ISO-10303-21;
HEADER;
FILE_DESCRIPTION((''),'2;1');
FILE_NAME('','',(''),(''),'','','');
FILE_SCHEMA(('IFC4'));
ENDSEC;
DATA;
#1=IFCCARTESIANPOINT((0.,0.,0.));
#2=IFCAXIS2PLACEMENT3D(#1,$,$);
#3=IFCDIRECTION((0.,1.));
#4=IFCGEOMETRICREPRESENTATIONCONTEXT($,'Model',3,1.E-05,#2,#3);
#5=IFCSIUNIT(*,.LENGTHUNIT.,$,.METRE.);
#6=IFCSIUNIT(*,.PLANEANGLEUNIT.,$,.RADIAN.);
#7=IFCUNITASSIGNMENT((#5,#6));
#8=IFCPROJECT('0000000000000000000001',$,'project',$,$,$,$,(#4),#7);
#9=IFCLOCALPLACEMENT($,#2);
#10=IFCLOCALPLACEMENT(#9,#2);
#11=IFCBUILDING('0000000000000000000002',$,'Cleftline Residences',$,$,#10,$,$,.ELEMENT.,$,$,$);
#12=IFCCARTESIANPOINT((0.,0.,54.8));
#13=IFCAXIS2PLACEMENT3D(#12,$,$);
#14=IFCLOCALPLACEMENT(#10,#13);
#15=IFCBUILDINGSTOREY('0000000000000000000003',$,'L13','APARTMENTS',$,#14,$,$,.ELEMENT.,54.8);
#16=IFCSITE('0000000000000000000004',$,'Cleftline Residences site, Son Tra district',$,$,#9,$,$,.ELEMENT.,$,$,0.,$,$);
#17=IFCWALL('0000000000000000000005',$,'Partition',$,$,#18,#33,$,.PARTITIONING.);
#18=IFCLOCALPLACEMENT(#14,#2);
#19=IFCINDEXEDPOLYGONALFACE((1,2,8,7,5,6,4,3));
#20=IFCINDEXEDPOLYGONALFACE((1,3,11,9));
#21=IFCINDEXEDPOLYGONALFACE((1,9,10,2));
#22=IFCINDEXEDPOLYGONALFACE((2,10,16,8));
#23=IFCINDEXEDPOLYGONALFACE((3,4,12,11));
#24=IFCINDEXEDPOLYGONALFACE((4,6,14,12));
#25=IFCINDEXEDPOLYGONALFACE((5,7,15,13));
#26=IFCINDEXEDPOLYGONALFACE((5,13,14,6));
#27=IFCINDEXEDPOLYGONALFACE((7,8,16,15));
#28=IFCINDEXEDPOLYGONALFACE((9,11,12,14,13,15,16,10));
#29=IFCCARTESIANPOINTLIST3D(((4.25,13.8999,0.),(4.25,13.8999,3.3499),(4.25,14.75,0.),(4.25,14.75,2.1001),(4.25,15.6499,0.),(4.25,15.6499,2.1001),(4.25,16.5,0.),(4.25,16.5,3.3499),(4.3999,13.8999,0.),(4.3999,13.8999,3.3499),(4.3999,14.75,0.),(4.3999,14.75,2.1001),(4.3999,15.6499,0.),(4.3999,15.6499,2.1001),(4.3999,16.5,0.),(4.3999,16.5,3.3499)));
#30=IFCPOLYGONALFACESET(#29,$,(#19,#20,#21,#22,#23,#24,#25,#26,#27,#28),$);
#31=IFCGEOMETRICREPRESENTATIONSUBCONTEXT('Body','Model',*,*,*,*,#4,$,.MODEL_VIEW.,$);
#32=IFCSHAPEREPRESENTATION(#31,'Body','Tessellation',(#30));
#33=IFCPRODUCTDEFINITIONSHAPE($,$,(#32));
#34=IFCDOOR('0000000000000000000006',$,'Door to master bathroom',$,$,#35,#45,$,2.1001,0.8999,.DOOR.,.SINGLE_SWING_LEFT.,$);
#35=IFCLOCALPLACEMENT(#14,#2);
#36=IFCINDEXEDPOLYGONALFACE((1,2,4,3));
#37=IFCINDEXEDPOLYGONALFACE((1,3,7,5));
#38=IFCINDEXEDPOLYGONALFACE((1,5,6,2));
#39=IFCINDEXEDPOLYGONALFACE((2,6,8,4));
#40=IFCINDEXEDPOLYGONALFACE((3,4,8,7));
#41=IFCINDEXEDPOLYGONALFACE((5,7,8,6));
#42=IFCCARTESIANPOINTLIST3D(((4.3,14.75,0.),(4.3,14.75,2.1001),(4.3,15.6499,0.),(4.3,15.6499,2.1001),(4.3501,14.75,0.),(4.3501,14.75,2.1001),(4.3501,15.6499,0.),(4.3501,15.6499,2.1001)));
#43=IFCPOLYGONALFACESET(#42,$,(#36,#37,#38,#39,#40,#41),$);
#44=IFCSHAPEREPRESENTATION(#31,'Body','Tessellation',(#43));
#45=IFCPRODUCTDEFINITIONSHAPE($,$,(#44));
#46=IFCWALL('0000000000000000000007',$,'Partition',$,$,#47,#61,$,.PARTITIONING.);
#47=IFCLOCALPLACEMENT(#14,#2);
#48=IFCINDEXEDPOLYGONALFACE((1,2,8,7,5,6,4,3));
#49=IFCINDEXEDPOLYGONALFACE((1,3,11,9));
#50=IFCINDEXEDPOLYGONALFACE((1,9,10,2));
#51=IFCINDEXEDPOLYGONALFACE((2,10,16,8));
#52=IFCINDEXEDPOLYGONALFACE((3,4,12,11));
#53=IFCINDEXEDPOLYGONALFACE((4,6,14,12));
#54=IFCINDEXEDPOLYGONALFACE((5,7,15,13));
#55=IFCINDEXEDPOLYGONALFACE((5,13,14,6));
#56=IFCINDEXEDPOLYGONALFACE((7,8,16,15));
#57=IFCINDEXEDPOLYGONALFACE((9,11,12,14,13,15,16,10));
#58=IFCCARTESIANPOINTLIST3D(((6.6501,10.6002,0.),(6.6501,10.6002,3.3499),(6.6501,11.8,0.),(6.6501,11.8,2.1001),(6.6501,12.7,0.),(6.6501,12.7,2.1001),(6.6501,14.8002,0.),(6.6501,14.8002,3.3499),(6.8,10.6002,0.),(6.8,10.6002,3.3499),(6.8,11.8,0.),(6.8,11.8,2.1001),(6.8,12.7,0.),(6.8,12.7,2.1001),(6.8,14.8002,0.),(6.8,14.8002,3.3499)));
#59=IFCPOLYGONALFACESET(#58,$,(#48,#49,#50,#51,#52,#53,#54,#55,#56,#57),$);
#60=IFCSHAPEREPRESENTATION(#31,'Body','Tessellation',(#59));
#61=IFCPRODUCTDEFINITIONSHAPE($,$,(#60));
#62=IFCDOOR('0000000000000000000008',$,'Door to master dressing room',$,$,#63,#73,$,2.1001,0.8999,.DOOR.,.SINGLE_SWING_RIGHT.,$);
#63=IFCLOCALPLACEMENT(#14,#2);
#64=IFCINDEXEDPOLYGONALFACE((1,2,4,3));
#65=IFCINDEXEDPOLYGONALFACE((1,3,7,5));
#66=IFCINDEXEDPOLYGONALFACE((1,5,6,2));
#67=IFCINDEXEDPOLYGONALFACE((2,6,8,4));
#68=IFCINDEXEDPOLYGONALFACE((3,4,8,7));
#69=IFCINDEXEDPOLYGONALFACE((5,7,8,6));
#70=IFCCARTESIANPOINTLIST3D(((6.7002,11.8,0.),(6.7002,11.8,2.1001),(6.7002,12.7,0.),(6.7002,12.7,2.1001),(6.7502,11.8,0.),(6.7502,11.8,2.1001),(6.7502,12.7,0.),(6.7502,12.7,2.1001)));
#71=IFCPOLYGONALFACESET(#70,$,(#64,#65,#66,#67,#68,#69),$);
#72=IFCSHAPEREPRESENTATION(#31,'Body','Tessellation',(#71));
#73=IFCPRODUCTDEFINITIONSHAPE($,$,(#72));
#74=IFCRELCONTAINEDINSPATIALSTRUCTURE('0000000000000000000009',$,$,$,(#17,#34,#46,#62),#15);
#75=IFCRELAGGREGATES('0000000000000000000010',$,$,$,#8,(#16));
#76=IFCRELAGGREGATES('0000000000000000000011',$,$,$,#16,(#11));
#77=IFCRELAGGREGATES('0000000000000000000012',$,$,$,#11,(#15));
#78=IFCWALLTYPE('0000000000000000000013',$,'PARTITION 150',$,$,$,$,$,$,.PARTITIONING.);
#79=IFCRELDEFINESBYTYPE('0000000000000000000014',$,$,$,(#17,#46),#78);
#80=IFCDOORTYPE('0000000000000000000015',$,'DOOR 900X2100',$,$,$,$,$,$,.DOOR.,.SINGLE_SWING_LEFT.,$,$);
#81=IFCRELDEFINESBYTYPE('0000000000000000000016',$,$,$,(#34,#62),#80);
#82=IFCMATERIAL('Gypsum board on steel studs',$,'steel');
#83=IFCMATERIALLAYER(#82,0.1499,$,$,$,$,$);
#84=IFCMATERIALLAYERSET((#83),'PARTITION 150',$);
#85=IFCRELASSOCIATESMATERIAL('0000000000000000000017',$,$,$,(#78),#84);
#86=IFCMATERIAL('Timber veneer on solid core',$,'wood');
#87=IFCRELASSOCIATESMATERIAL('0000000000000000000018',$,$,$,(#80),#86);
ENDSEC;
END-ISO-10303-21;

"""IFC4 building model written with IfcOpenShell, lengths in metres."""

from ifc_helpers import new_model, si_unit, direction, frame, frame_2d, origin, place, context, subcontext, project, spatial, rectangle, extrude, material, layer, layer_set, type_object, element, fill, save


model = new_model("IFC4")

# Units and contexts
model_context = context("Model", 3, precision=1e-05, world=origin(), true_north=direction((0.0, 1.0)))
body_context = subcontext(model_context, "Body", "Model", "MODEL_VIEW")
ifc_project = project(units=[si_unit("LENGTHUNIT", "METRE"), si_unit("PLANEANGLEUNIT", "RADIAN")], contexts=[model_context])

# Site, building, storey
site_placement = place(None, origin())
site = spatial("IfcSite", under=ifc_project, at=site_placement, Name="Cleftline Residences site, Son Tra district", CompositionType="ELEMENT", RefElevation=0.0)
building_placement = place(site_placement, origin())
building = spatial("IfcBuilding", under=site, at=building_placement, Name="Cleftline Residences", CompositionType="ELEMENT")
storey_placement = place(building_placement, frame((0.0, 0.0, 54.8)))
storey = spatial("IfcBuildingStorey", under=building, at=storey_placement, Name="L13", Description="APARTMENTS", CompositionType="ELEMENT", Elevation=54.8)

# Shared definitions
ifc_material_1 = material(Name="Gypsum board on steel studs", Category="steel")
ifc_layer = layer(ifc_material_1, 0.1499)
ifc_layer_set = layer_set([ifc_layer], Name="PARTITION 150")
wall_type = type_object("IfcWallType", Name="PARTITION 150", PredefinedType="PARTITIONING", material=ifc_layer_set)

# Walls, openings, doors
wall_1_placement = place(storey_placement, frame((4.325, 13.8999, 0.0), z_axis=(0.0, 0.0, 1.0), x_axis=(0.0, 1.0, 0.0)))
wall_1 = element("IfcWall", 1, at=wall_1_placement, inside=storey, type_object=wall_type, Name="Partition", PredefinedType="PARTITIONING", context=body_context, shape_type="SweptSolid", body=[
    extrude(rectangle(XDim=2.6001, YDim=0.1499, at=frame_2d((1.3, 0.0))), origin(), (0.0, 0.0, 1.0), 3.3499),
])
opening_1_placement = place(wall_1_placement, frame((0.8501, 0.0, 0.0)))
opening_1 = element("IfcOpeningElement", 2, at=opening_1_placement, cuts=wall_1, PredefinedType="OPENING", context=body_context, shape_type="SweptSolid", body=[
    extrude(rectangle(XDim=0.8999, YDim=2.1001, at=frame_2d((0.45, 1.05))), frame((0.0, 0.085, 0.0), z_axis=(0.0, -1.0, 0.0), x_axis=(1.0, 0.0, 0.0)), (0.0, 0.0, 1.0), 0.1699),
])
ifc_material_2 = material(Name="Timber veneer on solid core", Category="wood")
door_type_1 = type_object("IfcDoorType", Name="DOOR 900X2100", OperationType="SINGLE_SWING_LEFT", PredefinedType="DOOR", material=ifc_material_2)
door_1_placement = place(opening_1_placement, origin())
door_1 = element("IfcDoor", 3, at=door_1_placement, inside=storey, type_object=door_type_1, Name="Door to master bathroom", OperationType="SINGLE_SWING_LEFT", OverallHeight=2.1001, OverallWidth=0.8999, PredefinedType="DOOR", context=body_context, shape_type="SweptSolid", body=[
    extrude(rectangle(XDim=0.8999, YDim=2.1001, at=frame_2d((0.45, 1.05))), frame((0.0, 0.0249, 0.0), z_axis=(0.0, -1.0, 0.0), x_axis=(1.0, 0.0, 0.0)), (0.0, 0.0, 1.0), 0.05),
])
fill(opening_1, door_1)
wall_2_placement = place(storey_placement, frame((6.7251, 10.6001, 0.0), z_axis=(0.0, 0.0, 1.0), x_axis=(0.0, 1.0, 0.0)))
wall_2 = element("IfcWall", 4, at=wall_2_placement, inside=storey, type_object=wall_type, Name="Partition", PredefinedType="PARTITIONING", context=body_context, shape_type="SweptSolid", body=[
    extrude(rectangle(XDim=4.2, YDim=0.1499, at=frame_2d((2.1001, 0.0))), origin(), (0.0, 0.0, 1.0), 3.3499),
])
opening_2_placement = place(wall_2_placement, frame((1.2, 0.0, 0.0)))
opening_2 = element("IfcOpeningElement", 5, at=opening_2_placement, cuts=wall_2, PredefinedType="OPENING", context=body_context, shape_type="SweptSolid", body=[
    extrude(rectangle(XDim=0.8999, YDim=2.1001, at=frame_2d((0.45, 1.05))), frame((0.0, 0.085, 0.0), z_axis=(0.0, -1.0, 0.0), x_axis=(1.0, 0.0, 0.0)), (0.0, 0.0, 1.0), 0.1699),
])
door_2_placement = place(opening_2_placement, origin())
door_2 = element("IfcDoor", 6, at=door_2_placement, inside=storey, type_object=door_type_1, Name="Door to master dressing room", OperationType="SINGLE_SWING_RIGHT", OverallHeight=2.1001, OverallWidth=0.8999, PredefinedType="DOOR", context=body_context, shape_type="SweptSolid", body=[
    extrude(rectangle(XDim=0.8999, YDim=2.1001, at=frame_2d((0.45, 1.05))), frame((0.0, 0.0249, 0.0), z_axis=(0.0, -1.0, 0.0), x_axis=(1.0, 0.0, 0.0)), (0.0, 0.0, 1.0), 0.05),
])
fill(opening_2, door_2)

save(model, "model.ifc")
